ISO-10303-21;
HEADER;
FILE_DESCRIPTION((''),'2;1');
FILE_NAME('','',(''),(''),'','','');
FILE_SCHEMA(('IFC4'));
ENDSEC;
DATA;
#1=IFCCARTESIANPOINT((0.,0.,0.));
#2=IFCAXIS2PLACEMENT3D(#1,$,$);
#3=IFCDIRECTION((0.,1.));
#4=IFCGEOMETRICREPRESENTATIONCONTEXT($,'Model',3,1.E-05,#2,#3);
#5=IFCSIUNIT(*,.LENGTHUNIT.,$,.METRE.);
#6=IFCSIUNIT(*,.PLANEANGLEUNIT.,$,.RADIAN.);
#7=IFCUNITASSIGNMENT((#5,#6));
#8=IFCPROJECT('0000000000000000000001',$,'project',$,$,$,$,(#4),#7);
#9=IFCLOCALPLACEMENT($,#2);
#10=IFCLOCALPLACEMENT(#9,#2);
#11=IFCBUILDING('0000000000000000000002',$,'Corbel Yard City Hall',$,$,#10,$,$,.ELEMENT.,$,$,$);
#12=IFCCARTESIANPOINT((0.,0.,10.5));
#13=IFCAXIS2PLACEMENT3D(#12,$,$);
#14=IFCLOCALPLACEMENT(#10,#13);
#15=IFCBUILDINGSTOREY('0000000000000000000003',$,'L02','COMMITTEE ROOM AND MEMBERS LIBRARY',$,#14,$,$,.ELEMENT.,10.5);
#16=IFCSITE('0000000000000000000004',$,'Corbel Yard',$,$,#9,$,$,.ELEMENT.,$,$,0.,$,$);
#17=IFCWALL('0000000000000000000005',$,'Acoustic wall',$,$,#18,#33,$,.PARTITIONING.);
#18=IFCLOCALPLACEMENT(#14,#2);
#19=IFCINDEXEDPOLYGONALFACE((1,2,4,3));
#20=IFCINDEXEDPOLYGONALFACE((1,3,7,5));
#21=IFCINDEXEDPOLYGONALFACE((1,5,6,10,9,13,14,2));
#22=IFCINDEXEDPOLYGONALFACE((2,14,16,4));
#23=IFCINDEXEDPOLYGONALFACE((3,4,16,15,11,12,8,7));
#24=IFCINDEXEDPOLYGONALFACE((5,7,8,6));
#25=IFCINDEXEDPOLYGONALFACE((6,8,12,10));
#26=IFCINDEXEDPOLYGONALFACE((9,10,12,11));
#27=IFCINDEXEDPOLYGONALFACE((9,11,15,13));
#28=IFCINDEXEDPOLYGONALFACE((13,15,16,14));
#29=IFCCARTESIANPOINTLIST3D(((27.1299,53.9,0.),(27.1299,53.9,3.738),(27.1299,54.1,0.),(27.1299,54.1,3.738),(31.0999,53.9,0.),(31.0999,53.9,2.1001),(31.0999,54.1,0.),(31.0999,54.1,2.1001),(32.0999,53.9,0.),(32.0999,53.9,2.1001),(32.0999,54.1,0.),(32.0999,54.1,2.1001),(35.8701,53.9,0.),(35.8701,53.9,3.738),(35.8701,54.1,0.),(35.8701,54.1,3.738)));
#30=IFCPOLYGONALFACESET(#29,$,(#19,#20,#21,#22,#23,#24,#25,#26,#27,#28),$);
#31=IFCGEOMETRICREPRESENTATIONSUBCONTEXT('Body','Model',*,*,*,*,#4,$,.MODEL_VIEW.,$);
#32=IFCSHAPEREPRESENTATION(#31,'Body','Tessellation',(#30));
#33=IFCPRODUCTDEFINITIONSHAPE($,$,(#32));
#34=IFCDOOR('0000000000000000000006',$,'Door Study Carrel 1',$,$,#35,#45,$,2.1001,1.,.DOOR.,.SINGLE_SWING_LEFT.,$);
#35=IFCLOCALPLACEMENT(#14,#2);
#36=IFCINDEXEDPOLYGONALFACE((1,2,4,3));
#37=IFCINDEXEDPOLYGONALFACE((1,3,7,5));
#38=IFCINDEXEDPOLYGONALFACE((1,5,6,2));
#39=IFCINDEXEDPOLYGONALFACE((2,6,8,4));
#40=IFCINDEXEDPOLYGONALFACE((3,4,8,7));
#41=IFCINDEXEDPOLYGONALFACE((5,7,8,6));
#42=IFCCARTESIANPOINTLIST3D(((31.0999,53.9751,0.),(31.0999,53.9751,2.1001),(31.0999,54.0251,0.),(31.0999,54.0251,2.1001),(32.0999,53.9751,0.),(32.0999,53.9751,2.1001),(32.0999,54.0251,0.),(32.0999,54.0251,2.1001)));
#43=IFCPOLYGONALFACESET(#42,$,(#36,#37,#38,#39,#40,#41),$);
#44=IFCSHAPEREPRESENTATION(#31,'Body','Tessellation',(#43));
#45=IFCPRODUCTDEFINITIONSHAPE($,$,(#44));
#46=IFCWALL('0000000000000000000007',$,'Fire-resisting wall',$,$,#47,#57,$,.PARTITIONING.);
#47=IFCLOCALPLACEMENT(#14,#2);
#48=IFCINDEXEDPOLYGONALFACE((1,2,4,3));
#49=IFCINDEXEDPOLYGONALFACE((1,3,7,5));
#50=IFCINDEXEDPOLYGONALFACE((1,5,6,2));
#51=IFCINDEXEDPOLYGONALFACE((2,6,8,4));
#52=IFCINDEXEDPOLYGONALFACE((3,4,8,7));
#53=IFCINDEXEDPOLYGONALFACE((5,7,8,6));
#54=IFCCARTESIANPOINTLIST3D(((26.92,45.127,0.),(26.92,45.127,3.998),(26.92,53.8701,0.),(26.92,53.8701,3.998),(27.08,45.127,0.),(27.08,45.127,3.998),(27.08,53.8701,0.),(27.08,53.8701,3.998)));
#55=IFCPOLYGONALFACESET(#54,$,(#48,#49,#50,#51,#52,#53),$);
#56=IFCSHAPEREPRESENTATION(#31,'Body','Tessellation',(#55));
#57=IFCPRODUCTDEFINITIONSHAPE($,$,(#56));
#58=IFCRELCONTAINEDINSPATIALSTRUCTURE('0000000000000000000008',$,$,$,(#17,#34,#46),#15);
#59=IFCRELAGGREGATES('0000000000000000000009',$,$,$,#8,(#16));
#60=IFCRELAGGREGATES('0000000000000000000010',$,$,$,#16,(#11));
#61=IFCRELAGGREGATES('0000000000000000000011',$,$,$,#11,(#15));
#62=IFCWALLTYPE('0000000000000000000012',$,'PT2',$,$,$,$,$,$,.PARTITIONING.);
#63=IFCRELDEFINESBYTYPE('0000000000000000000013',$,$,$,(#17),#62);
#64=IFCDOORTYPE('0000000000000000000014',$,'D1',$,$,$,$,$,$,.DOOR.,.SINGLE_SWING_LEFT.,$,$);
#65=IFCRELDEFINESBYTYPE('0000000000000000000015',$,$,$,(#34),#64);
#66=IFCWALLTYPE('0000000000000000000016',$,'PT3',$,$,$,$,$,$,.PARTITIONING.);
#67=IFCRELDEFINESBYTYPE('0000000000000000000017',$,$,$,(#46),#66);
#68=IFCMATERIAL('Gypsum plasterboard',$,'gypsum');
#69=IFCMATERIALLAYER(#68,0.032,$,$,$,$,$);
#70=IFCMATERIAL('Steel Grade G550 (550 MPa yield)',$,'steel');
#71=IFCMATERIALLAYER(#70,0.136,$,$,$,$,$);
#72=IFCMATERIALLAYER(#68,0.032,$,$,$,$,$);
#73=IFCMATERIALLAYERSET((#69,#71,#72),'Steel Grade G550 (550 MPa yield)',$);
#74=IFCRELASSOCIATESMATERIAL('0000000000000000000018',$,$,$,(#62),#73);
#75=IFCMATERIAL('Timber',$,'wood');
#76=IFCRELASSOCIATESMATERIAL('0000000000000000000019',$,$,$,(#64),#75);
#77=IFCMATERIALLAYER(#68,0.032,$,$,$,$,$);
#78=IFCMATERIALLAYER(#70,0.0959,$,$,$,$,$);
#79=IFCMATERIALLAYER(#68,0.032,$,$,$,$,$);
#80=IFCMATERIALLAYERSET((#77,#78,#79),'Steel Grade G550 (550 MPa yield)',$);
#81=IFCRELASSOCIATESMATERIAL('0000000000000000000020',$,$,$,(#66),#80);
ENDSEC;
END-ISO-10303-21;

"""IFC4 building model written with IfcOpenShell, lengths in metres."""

from ifc_helpers import new_model, si_unit, direction, frame, frame_2d, origin, place, context, subcontext, project, spatial, rectangle, extrude, material, layer, layer_set, type_object, element, fill, save


model = new_model("IFC4")

# Units and contexts
model_context = context("Model", 3, precision=1e-05, world=origin(), true_north=direction((0.0, 1.0)))
body_context = subcontext(model_context, "Body", "Model", "MODEL_VIEW")
ifc_project = project(units=[si_unit("LENGTHUNIT", "METRE"), si_unit("PLANEANGLEUNIT", "RADIAN")], contexts=[model_context])

# Site, building, storey
site_placement = place(None, origin())
site = spatial("IfcSite", under=ifc_project, at=site_placement, Name="Corbel Yard", CompositionType="ELEMENT", RefElevation=0.0)
building_placement = place(site_placement, origin())
building = spatial("IfcBuilding", under=site, at=building_placement, Name="Corbel Yard City Hall", CompositionType="ELEMENT")
storey_placement = place(building_placement, frame((0.0, 0.0, 10.5)))
storey = spatial("IfcBuildingStorey", under=building, at=storey_placement, Name="L02", Description="COMMITTEE ROOM AND MEMBERS LIBRARY", CompositionType="ELEMENT", Elevation=10.5)

# Wall, opening, door
ifc_material_1 = material(Name="Gypsum plasterboard", Category="gypsum")
ifc_layer_1 = layer(ifc_material_1, 0.032)
ifc_material_2 = material(Name="Steel Grade G550 (550 MPa yield)", Category="steel")
ifc_layer_2 = layer(ifc_material_2, 0.136)
ifc_layer_3 = layer(ifc_material_1, 0.032)
ifc_layer_set_1 = layer_set([ifc_layer_1, ifc_layer_2, ifc_layer_3], Name="Steel Grade G550 (550 MPa yield)")
wall_type_1 = type_object("IfcWallType", Name="PT2", PredefinedType="PARTITIONING", material=ifc_layer_set_1)
wall_1_placement = place(storey_placement, frame((27.1299, 54.0, 0.0), z_axis=(0.0, 0.0, 1.0), x_axis=(1.0, 0.0, 0.0)))
wall_1 = element("IfcWall", 1, at=wall_1_placement, inside=storey, type_object=wall_type_1, Name="Acoustic wall", PredefinedType="PARTITIONING", context=body_context, shape_type="SweptSolid", body=[
    extrude(rectangle(XDim=8.7402, YDim=0.2, at=frame_2d((4.3701, 0.0))), origin(), (0.0, 0.0, 1.0), 3.738),
])
opening_placement = place(wall_1_placement, frame((3.97, 0.0, 0.0)))
opening = element("IfcOpeningElement", 2, at=opening_placement, cuts=wall_1, PredefinedType="OPENING", context=body_context, shape_type="SweptSolid", body=[
    extrude(rectangle(XDim=1.0, YDim=2.1001, at=frame_2d((0.5, 1.05))), frame((0.0, 0.1099, 0.0), z_axis=(0.0, -1.0, 0.0), x_axis=(1.0, 0.0, 0.0)), (0.0, 0.0, 1.0), 0.22),
])
ifc_material_3 = material(Name="Timber", Category="wood")
door_type = type_object("IfcDoorType", Name="D1", OperationType="SINGLE_SWING_LEFT", PredefinedType="DOOR", material=ifc_material_3)
door_placement = place(opening_placement, frame((1.0, 0.0, 0.0), z_axis=(0.0, 0.0, 1.0), x_axis=(-1.0, 0.0, 0.0)))
door = element("IfcDoor", 3, at=door_placement, inside=storey, type_object=door_type, Name="Door Study Carrel 1", OperationType="SINGLE_SWING_LEFT", OverallHeight=2.1001, OverallWidth=1.0, PredefinedType="DOOR", context=body_context, shape_type="SweptSolid", body=[
    extrude(rectangle(XDim=1.0, YDim=2.1001, at=frame_2d((0.5, 1.05))), frame((0.0, 0.0249, 0.0), z_axis=(0.0, -1.0, 0.0), x_axis=(1.0, 0.0, 0.0)), (0.0, 0.0, 1.0), 0.05),
])
fill(opening, door)

# Wall
ifc_layer_4 = layer(ifc_material_1, 0.032)
ifc_layer_5 = layer(ifc_material_2, 0.0959)
ifc_layer_6 = layer(ifc_material_1, 0.032)
ifc_layer_set_2 = layer_set([ifc_layer_4, ifc_layer_5, ifc_layer_6], Name="Steel Grade G550 (550 MPa yield)")
wall_type_2 = type_object("IfcWallType", Name="PT3", PredefinedType="PARTITIONING", material=ifc_layer_set_2)
wall_2_placement = place(storey_placement, frame((27.0, 45.127, 0.0), z_axis=(0.0, 0.0, 1.0), x_axis=(0.0, 1.0, 0.0)))
element("IfcWall", 4, at=wall_2_placement, inside=storey, type_object=wall_type_2, Name="Fire-resisting wall", PredefinedType="PARTITIONING", context=body_context, shape_type="SweptSolid", body=[
    extrude(rectangle(XDim=8.7432, YDim=0.1599, at=frame_2d((4.3716, 0.0))), origin(), (0.0, 0.0, 1.0), 3.998),
])

save(model, "model.ifc")
